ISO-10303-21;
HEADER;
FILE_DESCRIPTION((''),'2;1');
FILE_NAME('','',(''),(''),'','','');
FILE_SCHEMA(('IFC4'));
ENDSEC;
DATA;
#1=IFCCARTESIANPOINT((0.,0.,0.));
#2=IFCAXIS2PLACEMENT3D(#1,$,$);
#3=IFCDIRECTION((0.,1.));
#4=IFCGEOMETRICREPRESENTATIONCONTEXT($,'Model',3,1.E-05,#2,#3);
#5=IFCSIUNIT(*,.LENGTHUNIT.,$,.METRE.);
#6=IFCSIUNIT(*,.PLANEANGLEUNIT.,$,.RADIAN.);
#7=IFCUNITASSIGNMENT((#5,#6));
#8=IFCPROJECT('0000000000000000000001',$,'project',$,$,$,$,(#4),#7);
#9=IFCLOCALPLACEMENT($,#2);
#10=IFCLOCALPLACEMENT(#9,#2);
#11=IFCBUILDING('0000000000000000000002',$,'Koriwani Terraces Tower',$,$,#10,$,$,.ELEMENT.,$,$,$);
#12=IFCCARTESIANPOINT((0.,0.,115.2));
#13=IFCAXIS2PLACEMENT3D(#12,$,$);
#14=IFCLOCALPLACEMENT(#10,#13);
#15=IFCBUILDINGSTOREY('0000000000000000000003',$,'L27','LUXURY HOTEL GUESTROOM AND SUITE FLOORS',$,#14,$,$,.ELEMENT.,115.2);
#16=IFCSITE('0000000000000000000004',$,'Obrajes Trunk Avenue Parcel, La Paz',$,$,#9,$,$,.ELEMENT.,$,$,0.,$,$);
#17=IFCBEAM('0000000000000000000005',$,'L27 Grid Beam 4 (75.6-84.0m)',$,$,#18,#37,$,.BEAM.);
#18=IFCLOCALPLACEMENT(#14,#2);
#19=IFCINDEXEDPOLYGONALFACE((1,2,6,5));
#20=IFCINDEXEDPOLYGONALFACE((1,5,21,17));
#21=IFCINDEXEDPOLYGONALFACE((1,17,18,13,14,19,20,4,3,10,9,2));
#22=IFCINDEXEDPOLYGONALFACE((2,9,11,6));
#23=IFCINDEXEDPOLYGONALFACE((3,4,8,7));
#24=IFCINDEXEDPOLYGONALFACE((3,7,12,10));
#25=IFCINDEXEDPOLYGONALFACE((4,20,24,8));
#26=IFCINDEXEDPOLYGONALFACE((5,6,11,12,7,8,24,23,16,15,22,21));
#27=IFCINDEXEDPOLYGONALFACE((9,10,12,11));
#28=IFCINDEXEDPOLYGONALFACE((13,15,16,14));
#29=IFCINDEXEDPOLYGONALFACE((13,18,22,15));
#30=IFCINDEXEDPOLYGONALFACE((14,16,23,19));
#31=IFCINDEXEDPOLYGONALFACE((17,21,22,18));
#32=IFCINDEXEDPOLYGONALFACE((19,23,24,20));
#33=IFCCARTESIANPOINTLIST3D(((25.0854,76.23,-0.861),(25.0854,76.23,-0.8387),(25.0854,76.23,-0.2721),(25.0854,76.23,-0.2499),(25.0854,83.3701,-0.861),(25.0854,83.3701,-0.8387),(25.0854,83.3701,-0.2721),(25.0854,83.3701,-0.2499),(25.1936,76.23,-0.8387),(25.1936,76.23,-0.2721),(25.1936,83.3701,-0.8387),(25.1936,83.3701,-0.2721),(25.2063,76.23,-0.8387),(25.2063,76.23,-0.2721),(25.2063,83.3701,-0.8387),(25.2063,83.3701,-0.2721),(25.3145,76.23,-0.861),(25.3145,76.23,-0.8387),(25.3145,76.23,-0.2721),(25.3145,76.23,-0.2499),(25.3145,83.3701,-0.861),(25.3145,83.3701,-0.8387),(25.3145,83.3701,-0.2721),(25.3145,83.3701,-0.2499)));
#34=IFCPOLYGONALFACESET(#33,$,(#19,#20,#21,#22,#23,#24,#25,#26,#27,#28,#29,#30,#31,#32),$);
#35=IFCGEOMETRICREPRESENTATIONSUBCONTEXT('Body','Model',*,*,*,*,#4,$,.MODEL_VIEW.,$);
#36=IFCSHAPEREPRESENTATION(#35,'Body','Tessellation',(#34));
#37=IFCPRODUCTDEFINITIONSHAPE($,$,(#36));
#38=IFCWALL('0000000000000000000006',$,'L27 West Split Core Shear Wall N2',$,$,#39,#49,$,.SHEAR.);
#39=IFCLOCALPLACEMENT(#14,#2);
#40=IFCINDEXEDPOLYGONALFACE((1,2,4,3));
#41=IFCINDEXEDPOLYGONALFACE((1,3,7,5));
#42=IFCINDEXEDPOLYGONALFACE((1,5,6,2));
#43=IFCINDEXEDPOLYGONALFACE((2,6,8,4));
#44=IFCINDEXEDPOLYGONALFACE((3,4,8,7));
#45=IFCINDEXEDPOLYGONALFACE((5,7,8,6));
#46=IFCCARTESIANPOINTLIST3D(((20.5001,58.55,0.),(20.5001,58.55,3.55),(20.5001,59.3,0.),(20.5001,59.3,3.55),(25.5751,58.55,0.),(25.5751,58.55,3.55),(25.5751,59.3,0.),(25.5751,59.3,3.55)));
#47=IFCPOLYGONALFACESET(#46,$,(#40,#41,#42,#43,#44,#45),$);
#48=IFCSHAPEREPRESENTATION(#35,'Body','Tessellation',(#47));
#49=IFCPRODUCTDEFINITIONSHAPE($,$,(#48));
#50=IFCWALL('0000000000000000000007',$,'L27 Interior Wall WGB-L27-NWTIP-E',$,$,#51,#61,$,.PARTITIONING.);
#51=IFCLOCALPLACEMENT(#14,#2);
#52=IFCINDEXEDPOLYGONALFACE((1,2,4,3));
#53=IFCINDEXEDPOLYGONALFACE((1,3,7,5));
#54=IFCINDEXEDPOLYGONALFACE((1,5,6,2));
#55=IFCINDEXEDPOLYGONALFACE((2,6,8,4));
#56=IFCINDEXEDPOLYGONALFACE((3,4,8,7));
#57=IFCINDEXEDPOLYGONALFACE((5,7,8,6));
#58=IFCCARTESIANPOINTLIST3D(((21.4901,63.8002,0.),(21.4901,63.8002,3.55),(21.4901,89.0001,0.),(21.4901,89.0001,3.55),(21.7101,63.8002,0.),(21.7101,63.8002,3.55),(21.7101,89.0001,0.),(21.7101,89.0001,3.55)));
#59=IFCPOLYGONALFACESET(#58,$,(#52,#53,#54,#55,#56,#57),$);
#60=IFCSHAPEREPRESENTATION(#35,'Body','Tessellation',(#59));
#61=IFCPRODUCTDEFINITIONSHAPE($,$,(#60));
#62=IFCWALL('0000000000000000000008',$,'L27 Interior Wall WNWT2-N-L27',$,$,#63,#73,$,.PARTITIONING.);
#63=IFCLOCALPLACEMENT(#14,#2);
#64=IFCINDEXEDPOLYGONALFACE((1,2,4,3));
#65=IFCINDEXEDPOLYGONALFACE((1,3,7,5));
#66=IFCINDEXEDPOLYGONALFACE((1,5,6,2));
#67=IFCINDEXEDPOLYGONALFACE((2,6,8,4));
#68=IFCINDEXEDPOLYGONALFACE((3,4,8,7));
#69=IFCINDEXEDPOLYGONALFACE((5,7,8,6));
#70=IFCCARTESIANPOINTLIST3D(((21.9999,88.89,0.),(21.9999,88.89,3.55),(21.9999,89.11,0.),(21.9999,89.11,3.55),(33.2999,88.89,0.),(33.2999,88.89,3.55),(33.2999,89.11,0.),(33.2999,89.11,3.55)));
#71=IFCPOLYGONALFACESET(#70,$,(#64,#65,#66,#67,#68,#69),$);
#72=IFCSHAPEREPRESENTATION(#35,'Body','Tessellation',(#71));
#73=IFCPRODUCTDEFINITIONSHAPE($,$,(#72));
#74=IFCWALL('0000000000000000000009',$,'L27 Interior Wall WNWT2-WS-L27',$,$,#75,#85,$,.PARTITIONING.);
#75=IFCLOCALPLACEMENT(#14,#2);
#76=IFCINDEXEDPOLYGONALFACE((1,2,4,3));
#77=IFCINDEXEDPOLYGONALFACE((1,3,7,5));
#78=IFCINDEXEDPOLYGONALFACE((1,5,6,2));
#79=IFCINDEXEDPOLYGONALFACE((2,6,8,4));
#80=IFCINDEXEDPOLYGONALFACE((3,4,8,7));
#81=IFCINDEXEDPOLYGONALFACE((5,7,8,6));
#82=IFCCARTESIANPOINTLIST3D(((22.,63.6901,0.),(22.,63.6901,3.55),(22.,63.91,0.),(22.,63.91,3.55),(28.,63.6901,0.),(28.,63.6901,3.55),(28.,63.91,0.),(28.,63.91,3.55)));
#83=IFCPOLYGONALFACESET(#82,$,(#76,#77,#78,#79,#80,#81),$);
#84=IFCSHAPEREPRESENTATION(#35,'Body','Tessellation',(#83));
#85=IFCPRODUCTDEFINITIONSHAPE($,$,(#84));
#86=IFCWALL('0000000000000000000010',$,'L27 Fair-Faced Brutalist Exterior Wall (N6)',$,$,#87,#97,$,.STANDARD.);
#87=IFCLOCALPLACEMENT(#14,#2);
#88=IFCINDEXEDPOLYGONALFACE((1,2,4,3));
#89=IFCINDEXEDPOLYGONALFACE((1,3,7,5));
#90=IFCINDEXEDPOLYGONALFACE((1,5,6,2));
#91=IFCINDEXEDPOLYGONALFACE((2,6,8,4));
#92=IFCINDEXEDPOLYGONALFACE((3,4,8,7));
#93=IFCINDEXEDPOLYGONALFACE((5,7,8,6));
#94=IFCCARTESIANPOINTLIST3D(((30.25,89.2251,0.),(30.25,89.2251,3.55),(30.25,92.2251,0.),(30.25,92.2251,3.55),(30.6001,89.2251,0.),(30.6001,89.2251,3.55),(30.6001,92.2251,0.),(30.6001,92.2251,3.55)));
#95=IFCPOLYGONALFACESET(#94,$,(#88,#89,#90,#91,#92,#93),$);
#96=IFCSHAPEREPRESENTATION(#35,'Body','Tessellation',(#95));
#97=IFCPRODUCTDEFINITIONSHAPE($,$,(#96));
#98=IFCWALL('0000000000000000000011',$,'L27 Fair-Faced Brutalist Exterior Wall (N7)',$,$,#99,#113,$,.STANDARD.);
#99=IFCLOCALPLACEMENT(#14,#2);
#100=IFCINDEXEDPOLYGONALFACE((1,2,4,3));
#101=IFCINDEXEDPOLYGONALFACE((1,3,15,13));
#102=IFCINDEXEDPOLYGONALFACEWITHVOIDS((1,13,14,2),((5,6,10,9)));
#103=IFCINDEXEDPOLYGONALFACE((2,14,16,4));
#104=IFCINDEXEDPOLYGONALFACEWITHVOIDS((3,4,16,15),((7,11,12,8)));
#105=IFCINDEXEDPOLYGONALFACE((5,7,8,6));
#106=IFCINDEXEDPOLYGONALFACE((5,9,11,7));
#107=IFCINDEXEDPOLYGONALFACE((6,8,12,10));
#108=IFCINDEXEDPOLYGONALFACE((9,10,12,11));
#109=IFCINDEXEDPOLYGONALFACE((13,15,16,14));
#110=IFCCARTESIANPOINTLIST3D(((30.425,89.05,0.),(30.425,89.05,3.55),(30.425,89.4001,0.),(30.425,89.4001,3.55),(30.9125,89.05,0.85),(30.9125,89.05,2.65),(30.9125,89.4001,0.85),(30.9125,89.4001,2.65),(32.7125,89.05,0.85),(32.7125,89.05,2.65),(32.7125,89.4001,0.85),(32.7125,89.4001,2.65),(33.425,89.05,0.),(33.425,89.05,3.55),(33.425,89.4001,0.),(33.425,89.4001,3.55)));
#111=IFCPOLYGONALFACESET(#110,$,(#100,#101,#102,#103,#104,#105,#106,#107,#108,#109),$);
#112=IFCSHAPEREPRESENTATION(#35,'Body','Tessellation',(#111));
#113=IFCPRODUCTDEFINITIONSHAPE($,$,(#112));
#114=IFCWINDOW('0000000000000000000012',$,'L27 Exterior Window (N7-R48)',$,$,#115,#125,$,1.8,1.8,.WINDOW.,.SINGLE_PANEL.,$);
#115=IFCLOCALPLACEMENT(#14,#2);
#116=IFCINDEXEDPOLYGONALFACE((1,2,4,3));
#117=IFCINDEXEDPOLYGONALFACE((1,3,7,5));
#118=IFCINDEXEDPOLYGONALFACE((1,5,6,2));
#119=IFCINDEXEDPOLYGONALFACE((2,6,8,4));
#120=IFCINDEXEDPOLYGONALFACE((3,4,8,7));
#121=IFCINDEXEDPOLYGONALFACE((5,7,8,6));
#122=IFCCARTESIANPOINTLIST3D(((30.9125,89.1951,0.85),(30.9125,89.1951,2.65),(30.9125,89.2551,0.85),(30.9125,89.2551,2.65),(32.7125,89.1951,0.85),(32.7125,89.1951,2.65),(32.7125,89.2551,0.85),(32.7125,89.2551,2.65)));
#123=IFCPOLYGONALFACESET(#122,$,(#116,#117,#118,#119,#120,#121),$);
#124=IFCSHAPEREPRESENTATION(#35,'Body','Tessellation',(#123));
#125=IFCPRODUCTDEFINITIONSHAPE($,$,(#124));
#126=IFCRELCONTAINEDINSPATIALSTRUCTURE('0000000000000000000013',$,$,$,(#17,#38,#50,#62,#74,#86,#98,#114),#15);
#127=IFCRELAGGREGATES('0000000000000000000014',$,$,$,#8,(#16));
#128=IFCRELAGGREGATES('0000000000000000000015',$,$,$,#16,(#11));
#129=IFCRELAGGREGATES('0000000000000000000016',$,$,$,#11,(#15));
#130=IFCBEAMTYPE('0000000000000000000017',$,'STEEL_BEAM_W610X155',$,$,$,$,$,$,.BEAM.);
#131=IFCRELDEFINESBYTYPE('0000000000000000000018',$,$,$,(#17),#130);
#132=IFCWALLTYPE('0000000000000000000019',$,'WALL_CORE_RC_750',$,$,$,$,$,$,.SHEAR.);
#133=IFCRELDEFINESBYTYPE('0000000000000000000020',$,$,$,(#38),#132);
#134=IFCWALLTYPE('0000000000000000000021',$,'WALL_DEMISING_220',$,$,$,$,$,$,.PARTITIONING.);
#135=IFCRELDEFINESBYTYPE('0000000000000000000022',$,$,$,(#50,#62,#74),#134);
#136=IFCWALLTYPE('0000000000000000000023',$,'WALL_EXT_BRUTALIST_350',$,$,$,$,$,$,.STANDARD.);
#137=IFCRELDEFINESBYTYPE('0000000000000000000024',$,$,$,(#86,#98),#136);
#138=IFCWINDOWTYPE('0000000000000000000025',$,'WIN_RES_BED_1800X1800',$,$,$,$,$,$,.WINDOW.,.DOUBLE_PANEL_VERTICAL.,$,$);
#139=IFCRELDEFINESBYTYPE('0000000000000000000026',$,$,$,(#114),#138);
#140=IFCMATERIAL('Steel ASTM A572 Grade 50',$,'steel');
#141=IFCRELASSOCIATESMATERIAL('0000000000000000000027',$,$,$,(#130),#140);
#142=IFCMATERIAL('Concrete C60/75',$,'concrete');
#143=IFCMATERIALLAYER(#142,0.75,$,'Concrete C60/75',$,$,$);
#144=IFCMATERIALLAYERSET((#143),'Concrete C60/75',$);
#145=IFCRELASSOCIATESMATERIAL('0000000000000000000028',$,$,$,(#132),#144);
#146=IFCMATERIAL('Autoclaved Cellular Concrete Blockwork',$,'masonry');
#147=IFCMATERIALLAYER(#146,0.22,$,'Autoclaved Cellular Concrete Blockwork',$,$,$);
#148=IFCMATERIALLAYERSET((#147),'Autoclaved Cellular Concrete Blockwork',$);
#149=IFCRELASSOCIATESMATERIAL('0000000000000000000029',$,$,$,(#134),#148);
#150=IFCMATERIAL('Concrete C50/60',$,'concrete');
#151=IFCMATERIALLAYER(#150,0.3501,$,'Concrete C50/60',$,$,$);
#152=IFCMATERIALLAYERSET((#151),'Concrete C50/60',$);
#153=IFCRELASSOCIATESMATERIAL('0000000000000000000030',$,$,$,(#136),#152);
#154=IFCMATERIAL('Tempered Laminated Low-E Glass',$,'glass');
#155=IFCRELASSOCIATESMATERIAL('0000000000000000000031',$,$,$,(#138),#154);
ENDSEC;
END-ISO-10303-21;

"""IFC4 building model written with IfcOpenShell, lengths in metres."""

from ifc_helpers import new_model, si_unit, direction, frame, frame_2d, origin, origin_2d, place, context, subcontext, project, spatial, rectangle, i_section, extrude, material, layer, layer_set, material_profile, profile_set, type_object, element, fill, save


model = new_model("IFC4")

# Units and contexts
model_context = context("Model", 3, precision=1e-05, world=origin(), true_north=direction((0.0, 1.0)))
body_context = subcontext(model_context, "Body", "Model", "MODEL_VIEW")
ifc_project = project(units=[si_unit("LENGTHUNIT", "METRE"), si_unit("PLANEANGLEUNIT", "RADIAN")], contexts=[model_context])

# Site, building, storey
site_placement = place(None, origin())
site = spatial("IfcSite", under=ifc_project, at=site_placement, Name="Obrajes Trunk Avenue Parcel, La Paz", CompositionType="ELEMENT", RefElevation=0.0)
building_placement = place(site_placement, origin())
building = spatial("IfcBuilding", under=site, at=building_placement, Name="Koriwani Terraces Tower", CompositionType="ELEMENT")
storey_placement = place(building_placement, frame((0.0, 0.0, 115.2)))
storey = spatial("IfcBuildingStorey", under=building, at=storey_placement, Name="L27", Description="LUXURY HOTEL GUESTROOM AND SUITE FLOORS", CompositionType="ELEMENT", Elevation=115.2)

# Shared definitions
ifc_material_1 = material(Name="Concrete C60/75", Category="concrete")

# Beam
ifc_material_2 = material(Name="Concrete C50/60", Category="concrete")
ifc_material_3 = material(Name="Steel ASTM A572 Grade 50", Category="steel")
ifc_material_profile_1 = material_profile(ifc_material_3, i_section(OverallWidth=0.229, OverallDepth=0.6111, WebThickness=0.0127, FlangeThickness=0.0222, at=origin_2d()), Name="Steel ASTM A572 Grade 50", Category="LoadBearing")
ifc_profile_set_1 = profile_set([ifc_material_profile_1], Name="Steel ASTM A572 Grade 50")
beam_type_1 = type_object("IfcBeamType", Name="STEEL_BEAM_W610X155", PredefinedType="BEAM", material=ifc_profile_set_1)
beam_1_placement = place(storey_placement, frame((25.2, 76.23, -0.5554), z_axis=(0.0, 1.0, 0.0), x_axis=(-1.0, 0.0, 0.0)))
element("IfcBeam", 1, at=beam_1_placement, inside=storey, type_object=beam_type_1, Name="L27 Grid Beam 4 (75.6-84.0m)", PredefinedType="BEAM", context=body_context, shape_type="SweptSolid", body=[
    extrude(i_section(OverallWidth=0.229, OverallDepth=0.6111, WebThickness=0.0127, FlangeThickness=0.0222, at=origin_2d()), origin(), (0.0, 0.0, 1.0), 7.1401),
])

# Walls
ifc_layer_1 = layer(ifc_material_1, 0.75, Name="Concrete C60/75")
ifc_layer_set_1 = layer_set([ifc_layer_1], Name="Concrete C60/75")
wall_type_1 = type_object("IfcWallType", Name="WALL_CORE_RC_750", PredefinedType="SHEAR", material=ifc_layer_set_1)
wall_1_placement = place(storey_placement, frame((20.5, 58.925, 0.0), z_axis=(0.0, 0.0, 1.0), x_axis=(1.0, 0.0, 0.0)))
element("IfcWall", 2, at=wall_1_placement, inside=storey, type_object=wall_type_1, Name="L27 West Split Core Shear Wall N2", PredefinedType="SHEAR", context=body_context, shape_type="SweptSolid", body=[
    extrude(rectangle(XDim=5.075, YDim=0.75, at=frame_2d((2.5376, 0.0))), origin(), (0.0, 0.0, 1.0), 3.55),
])
ifc_material_4 = material(Name="Autoclaved Cellular Concrete Blockwork", Category="masonry")
ifc_layer_2 = layer(ifc_material_4, 0.22, Name="Autoclaved Cellular Concrete Blockwork")
ifc_layer_set_2 = layer_set([ifc_layer_2], Name="Autoclaved Cellular Concrete Blockwork")
wall_type_2 = type_object("IfcWallType", Name="WALL_DEMISING_220", PredefinedType="PARTITIONING", material=ifc_layer_set_2)
wall_2_placement = place(storey_placement, frame((21.6001, 63.8, 0.0), z_axis=(0.0, 0.0, 1.0), x_axis=(0.0, 1.0, 0.0)))
element("IfcWall", 3, at=wall_2_placement, inside=storey, type_object=wall_type_2, Name="L27 Interior Wall WGB-L27-NWTIP-E", PredefinedType="PARTITIONING", context=body_context, shape_type="SweptSolid", body=[
    extrude(rectangle(XDim=25.2, YDim=0.22, at=frame_2d((12.6001, 0.0))), origin(), (0.0, 0.0, 1.0), 3.55),
])
wall_3_placement = place(storey_placement, frame((22.0, 89.0, 0.0), z_axis=(0.0, 0.0, 1.0), x_axis=(1.0, 0.0, 0.0)))
element("IfcWall", 4, at=wall_3_placement, inside=storey, type_object=wall_type_2, Name="L27 Interior Wall WNWT2-N-L27", PredefinedType="PARTITIONING", context=body_context, shape_type="SweptSolid", body=[
    extrude(rectangle(XDim=11.3, YDim=0.22, at=frame_2d((5.6499, 0.0))), origin(), (0.0, 0.0, 1.0), 3.55),
])
wall_4_placement = place(storey_placement, frame((22.0, 63.8, 0.0), z_axis=(0.0, 0.0, 1.0), x_axis=(1.0, 0.0, 0.0)))
element("IfcWall", 5, at=wall_4_placement, inside=storey, type_object=wall_type_2, Name="L27 Interior Wall WNWT2-WS-L27", PredefinedType="PARTITIONING", context=body_context, shape_type="SweptSolid", body=[
    extrude(rectangle(XDim=6.0, YDim=0.22, at=frame_2d((3.0, 0.0))), origin(), (0.0, 0.0, 1.0), 3.55),
])
ifc_layer_3 = layer(ifc_material_2, 0.3501, Name="Concrete C50/60")
ifc_layer_set_3 = layer_set([ifc_layer_3], Name="Concrete C50/60")
wall_type_3 = type_object("IfcWallType", Name="WALL_EXT_BRUTALIST_350", PredefinedType="STANDARD", material=ifc_layer_set_3)
wall_5_placement = place(storey_placement, frame((30.425, 92.2251, 0.0), z_axis=(0.0, 0.0, 1.0), x_axis=(0.0, -1.0, 0.0)))
element("IfcWall", 6, at=wall_5_placement, inside=storey, type_object=wall_type_3, Name="L27 Fair-Faced Brutalist Exterior Wall (N6)", PredefinedType="STANDARD", context=body_context, shape_type="SweptSolid", body=[
    extrude(rectangle(XDim=3.0, YDim=0.3501, at=frame_2d((1.5, 0.0))), origin(), (0.0, 0.0, 1.0), 3.55),
])

# Wall, opening, window
wall_6_placement = place(storey_placement, frame((30.425, 89.2251, 0.0), z_axis=(0.0, 0.0, 1.0), x_axis=(1.0, 0.0, 0.0)))
wall_6 = element("IfcWall", 7, at=wall_6_placement, inside=storey, type_object=wall_type_3, Name="L27 Fair-Faced Brutalist Exterior Wall (N7)", PredefinedType="STANDARD", context=body_context, shape_type="SweptSolid", body=[
    extrude(rectangle(XDim=3.0, YDim=0.3501, at=frame_2d((1.5, 0.0))), origin(), (0.0, 0.0, 1.0), 3.55),
])
opening_1_placement = place(wall_6_placement, frame((0.4875, 0.0, 0.8501)))
opening_1 = element("IfcOpeningElement", 8, at=opening_1_placement, cuts=wall_6, PredefinedType="OPENING", context=body_context, shape_type="SweptSolid", body=[
    extrude(rectangle(XDim=1.8, YDim=1.8, at=frame_2d((0.8999, 0.8999))), frame((0.0, 0.1851, 0.0), z_axis=(0.0, -1.0, 0.0), x_axis=(1.0, 0.0, 0.0)), (0.0, 0.0, 1.0), 0.3701),
])
ifc_material_5 = material(Name="Tempered Laminated Low-E Glass", Category="glass")
window_type_1 = type_object("IfcWindowType", Name="WIN_RES_BED_1800X1800", PartitioningType="DOUBLE_PANEL_VERTICAL", PredefinedType="WINDOW", material=ifc_material_5)
window_1_placement = place(opening_1_placement, origin())
window_1 = element("IfcWindow", 9, at=window_1_placement, inside=storey, type_object=window_type_1, Name="L27 Exterior Window (N7-R48)", OverallHeight=1.8, OverallWidth=1.8, PartitioningType="SINGLE_PANEL", PredefinedType="WINDOW", context=body_context, shape_type="SweptSolid", body=[
    extrude(rectangle(XDim=1.8, YDim=1.8, at=frame_2d((0.8999, 0.8999))), frame((0.0, 0.03, 0.0), z_axis=(0.0, -1.0, 0.0), x_axis=(1.0, 0.0, 0.0)), (0.0, 0.0, 1.0), 0.0601),
])
fill(opening_1, window_1)

save(model, "model.ifc")
